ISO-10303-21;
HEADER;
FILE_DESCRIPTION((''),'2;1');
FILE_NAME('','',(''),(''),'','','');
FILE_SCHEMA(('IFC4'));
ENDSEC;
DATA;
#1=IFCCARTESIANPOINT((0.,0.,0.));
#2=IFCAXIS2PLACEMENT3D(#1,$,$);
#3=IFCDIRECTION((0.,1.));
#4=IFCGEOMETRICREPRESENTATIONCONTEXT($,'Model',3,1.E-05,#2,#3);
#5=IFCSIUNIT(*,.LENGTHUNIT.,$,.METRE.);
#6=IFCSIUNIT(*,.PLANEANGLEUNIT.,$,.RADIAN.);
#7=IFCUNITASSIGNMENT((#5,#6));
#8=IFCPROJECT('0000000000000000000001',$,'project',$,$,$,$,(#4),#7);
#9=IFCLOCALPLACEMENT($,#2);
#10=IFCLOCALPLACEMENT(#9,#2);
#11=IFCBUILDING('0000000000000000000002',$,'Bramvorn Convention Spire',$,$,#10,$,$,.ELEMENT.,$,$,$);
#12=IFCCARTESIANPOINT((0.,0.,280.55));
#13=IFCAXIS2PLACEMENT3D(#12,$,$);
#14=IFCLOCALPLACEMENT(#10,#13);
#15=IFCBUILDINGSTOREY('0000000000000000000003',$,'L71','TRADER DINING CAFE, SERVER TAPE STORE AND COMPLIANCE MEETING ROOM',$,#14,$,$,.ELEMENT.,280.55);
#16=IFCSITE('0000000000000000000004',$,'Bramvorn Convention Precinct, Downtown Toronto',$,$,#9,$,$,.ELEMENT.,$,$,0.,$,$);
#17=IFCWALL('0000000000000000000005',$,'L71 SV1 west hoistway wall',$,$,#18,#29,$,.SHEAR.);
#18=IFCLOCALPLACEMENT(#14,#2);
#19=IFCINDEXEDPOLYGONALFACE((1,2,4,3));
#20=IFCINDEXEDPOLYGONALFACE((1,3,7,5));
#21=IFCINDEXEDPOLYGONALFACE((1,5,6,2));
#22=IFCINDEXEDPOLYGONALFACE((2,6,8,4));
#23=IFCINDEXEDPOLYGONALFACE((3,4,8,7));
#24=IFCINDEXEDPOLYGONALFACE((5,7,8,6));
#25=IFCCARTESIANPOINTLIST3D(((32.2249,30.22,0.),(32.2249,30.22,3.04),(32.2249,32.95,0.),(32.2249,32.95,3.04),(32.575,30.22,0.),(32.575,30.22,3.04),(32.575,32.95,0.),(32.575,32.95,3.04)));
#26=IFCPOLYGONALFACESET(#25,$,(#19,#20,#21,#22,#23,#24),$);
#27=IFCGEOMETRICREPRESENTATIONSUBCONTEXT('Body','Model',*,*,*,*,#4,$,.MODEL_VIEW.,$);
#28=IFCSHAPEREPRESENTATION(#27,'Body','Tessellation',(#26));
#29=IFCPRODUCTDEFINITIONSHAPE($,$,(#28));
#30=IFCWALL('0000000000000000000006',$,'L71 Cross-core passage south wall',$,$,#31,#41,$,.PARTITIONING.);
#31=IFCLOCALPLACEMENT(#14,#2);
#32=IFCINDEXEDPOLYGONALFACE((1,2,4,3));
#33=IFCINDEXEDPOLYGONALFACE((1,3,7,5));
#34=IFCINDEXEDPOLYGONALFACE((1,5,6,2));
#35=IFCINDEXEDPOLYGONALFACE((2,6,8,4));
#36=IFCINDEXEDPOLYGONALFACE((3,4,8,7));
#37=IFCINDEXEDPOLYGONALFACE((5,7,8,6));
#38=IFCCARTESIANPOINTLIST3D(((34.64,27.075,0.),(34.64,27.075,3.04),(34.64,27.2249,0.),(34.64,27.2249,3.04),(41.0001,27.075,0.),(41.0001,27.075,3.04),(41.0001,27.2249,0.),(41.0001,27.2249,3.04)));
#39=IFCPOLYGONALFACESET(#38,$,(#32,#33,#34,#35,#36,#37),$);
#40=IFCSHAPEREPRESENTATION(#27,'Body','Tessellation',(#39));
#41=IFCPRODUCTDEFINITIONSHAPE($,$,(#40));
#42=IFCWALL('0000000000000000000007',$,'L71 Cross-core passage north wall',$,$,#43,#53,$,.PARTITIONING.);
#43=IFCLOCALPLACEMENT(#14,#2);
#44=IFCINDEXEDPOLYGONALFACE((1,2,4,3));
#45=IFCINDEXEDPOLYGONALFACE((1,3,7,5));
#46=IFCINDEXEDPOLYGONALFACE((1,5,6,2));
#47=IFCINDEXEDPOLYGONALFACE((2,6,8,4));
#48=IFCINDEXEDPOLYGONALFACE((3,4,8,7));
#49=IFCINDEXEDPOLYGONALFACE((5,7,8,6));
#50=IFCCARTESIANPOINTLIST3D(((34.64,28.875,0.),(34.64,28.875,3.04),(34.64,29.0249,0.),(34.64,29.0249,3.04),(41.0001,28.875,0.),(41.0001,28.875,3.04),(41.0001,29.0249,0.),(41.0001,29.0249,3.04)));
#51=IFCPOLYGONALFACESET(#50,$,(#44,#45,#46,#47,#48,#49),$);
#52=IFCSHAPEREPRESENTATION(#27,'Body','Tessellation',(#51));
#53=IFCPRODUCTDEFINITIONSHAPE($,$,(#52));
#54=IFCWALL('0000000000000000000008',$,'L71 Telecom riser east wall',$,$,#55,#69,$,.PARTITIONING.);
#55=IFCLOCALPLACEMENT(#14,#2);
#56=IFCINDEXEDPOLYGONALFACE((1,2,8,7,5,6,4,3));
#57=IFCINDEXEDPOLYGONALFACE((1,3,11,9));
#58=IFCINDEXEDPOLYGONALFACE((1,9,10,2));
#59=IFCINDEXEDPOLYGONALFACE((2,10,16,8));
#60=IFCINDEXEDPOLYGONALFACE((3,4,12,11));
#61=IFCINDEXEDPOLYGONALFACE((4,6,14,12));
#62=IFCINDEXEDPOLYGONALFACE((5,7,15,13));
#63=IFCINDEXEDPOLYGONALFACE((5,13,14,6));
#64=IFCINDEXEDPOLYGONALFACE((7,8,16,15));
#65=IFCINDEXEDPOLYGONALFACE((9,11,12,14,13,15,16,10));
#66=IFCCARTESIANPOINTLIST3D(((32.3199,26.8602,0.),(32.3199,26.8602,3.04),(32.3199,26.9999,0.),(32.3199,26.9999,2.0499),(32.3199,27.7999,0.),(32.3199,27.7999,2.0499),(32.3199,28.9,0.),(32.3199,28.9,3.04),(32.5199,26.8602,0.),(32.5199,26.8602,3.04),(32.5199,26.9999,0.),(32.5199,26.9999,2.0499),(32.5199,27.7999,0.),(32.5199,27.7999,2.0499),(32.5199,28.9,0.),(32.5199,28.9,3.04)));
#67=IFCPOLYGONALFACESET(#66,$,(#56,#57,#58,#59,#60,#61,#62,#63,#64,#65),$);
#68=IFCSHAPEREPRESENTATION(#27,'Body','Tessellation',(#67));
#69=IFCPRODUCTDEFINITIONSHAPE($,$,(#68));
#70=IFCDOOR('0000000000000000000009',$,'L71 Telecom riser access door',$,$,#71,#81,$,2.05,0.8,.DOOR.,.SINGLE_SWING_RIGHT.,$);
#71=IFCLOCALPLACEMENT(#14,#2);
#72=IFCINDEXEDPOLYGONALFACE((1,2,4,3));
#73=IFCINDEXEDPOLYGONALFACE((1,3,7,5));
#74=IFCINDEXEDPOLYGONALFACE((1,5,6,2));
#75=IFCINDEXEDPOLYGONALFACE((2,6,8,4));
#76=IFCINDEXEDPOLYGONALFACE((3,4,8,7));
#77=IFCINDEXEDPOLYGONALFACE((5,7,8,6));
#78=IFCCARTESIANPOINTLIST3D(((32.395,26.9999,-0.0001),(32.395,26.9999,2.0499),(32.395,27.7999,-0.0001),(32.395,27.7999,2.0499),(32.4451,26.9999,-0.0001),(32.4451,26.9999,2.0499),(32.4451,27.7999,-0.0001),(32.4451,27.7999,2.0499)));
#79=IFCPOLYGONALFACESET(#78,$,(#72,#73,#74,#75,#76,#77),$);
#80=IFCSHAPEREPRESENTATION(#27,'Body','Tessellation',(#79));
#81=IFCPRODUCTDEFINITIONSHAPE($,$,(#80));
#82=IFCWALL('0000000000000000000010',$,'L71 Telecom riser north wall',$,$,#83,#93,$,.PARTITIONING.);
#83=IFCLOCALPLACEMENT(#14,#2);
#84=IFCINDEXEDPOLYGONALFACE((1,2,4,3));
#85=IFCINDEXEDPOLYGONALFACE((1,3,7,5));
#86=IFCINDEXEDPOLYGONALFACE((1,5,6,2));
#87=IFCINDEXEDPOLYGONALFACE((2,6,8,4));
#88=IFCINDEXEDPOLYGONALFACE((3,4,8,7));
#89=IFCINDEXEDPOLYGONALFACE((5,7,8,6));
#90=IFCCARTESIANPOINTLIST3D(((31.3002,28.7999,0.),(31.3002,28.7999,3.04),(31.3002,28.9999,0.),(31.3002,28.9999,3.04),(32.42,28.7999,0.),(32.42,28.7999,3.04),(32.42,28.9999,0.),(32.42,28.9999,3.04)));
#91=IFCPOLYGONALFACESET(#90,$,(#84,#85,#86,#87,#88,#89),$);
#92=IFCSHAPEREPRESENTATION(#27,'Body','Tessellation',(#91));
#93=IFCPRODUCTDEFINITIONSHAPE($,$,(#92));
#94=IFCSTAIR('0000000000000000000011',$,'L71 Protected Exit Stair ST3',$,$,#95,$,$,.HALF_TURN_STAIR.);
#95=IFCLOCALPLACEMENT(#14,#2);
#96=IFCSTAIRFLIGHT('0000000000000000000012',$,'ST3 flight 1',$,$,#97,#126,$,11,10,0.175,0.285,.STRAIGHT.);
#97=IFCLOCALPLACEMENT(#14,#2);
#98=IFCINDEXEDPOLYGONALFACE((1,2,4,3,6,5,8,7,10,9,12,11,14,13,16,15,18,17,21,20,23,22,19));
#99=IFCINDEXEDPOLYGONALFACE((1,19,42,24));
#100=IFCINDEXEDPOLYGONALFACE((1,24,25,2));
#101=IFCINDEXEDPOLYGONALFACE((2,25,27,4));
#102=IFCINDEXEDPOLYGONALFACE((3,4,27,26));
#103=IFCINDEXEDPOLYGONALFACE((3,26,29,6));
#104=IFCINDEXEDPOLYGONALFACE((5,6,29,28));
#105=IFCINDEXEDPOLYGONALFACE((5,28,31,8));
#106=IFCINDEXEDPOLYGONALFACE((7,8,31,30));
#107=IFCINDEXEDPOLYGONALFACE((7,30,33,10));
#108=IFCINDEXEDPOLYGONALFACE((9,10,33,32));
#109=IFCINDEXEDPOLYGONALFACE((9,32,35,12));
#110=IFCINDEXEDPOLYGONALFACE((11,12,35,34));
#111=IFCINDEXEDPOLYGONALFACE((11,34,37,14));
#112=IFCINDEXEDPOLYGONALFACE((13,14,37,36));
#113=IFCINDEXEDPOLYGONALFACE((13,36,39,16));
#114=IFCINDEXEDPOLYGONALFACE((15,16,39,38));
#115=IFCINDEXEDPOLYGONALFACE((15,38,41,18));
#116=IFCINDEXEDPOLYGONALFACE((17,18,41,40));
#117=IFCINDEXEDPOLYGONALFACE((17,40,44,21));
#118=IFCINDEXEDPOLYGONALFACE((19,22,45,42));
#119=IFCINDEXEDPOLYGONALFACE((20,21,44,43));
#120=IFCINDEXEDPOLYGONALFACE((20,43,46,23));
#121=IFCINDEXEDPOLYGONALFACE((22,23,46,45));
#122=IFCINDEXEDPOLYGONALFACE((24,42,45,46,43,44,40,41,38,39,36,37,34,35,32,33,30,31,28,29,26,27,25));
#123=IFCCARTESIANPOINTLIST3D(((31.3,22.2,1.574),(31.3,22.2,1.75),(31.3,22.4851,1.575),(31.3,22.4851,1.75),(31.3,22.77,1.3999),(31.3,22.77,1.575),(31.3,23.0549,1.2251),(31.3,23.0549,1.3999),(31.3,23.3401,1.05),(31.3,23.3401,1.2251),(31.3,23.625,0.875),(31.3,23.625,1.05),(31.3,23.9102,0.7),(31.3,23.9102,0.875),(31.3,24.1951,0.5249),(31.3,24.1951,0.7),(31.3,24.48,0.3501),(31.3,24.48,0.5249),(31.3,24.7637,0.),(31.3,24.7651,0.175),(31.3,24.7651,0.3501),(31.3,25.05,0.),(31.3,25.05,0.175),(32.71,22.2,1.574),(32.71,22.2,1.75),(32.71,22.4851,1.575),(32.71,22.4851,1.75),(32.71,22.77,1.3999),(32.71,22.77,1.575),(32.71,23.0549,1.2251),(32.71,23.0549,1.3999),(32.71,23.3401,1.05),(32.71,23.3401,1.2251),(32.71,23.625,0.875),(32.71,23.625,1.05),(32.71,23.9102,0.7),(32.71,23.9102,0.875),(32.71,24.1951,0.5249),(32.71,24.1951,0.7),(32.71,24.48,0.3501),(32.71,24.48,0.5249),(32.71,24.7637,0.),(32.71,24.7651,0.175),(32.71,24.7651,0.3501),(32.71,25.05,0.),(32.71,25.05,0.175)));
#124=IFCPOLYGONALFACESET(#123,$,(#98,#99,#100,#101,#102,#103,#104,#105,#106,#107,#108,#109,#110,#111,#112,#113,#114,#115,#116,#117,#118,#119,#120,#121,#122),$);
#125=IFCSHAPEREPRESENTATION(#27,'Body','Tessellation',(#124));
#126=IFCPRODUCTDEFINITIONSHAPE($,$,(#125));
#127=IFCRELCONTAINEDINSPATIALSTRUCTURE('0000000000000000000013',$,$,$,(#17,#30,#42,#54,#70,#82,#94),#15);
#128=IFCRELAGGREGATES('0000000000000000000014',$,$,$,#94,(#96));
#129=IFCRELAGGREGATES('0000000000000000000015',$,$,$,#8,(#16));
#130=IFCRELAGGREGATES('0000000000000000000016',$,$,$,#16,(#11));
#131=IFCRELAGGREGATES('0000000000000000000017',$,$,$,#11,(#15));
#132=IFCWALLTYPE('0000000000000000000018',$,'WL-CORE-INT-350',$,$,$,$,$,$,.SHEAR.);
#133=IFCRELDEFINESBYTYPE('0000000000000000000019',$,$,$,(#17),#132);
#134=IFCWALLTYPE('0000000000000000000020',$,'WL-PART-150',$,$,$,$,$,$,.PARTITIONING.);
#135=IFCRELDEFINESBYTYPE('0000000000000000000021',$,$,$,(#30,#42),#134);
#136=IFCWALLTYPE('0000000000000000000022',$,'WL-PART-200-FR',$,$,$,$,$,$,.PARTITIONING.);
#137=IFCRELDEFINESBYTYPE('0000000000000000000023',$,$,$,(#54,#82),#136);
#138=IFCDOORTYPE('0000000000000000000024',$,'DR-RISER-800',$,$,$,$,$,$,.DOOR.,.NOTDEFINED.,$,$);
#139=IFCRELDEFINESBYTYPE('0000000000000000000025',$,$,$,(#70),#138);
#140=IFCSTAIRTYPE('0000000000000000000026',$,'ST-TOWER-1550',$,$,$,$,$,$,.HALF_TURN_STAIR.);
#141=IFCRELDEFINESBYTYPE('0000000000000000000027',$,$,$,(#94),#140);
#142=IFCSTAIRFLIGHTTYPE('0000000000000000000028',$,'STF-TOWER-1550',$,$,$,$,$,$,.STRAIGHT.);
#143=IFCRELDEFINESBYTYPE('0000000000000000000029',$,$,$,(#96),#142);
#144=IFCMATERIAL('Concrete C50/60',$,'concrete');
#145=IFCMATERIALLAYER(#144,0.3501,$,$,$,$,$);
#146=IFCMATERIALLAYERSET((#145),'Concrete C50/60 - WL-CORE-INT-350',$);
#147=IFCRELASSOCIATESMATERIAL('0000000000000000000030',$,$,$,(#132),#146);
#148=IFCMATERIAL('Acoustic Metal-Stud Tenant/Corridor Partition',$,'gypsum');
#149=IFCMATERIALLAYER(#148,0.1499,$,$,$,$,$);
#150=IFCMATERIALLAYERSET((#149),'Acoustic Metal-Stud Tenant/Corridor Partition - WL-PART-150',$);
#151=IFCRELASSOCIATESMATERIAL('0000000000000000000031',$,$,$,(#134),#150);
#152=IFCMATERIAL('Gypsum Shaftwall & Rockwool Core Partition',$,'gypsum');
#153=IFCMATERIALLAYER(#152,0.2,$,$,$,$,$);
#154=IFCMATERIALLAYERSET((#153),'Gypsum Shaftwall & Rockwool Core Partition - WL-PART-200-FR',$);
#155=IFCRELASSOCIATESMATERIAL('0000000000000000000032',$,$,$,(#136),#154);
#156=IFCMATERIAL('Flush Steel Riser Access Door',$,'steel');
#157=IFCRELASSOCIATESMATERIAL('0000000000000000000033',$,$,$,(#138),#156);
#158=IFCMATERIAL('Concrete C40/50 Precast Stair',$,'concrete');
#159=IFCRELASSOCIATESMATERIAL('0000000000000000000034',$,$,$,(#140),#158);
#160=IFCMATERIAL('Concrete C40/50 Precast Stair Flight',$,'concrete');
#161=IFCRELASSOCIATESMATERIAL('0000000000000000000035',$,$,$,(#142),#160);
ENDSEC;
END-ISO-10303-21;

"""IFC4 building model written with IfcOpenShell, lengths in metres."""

from ifc_helpers import new_model, si_unit, direction, frame, frame_2d, origin, place, context, subcontext, project, spatial, polyline, rectangle, outline, extrude, material, layer, layer_set, type_object, element, fill, aggregate, save


model = new_model("IFC4")

# Units and contexts
model_context = context("Model", 3, precision=1e-05, world=origin(), true_north=direction((0.0, 1.0)))
body_context = subcontext(model_context, "Body", "Model", "MODEL_VIEW")
ifc_project = project(units=[si_unit("LENGTHUNIT", "METRE"), si_unit("PLANEANGLEUNIT", "RADIAN")], contexts=[model_context])

# Site, building, storey
site_placement = place(None, origin())
site = spatial("IfcSite", under=ifc_project, at=site_placement, Name="Bramvorn Convention Precinct, Downtown Toronto", CompositionType="ELEMENT", RefElevation=0.0)
building_placement = place(site_placement, origin())
building = spatial("IfcBuilding", under=site, at=building_placement, Name="Bramvorn Convention Spire", CompositionType="ELEMENT")
storey_placement = place(building_placement, frame((0.0, 0.0, 280.55)))
storey = spatial("IfcBuildingStorey", under=building, at=storey_placement, Name="L71", Description="TRADER DINING CAFE, SERVER TAPE STORE AND COMPLIANCE MEETING ROOM", CompositionType="ELEMENT", Elevation=280.55)

# Shared definitions
ifc_material_1 = material(Name="Concrete C50/60", Category="concrete")
ifc_layer_1 = layer(ifc_material_1, 0.3501)
ifc_layer_set_1 = layer_set([ifc_layer_1], Name="Concrete C50/60 - WL-CORE-INT-350")
wall_type_1 = type_object("IfcWallType", Name="WL-CORE-INT-350", PredefinedType="SHEAR", material=ifc_layer_set_1)

# Walls
wall_1_placement = place(storey_placement, frame((32.3999, 30.22, 0.0), z_axis=(0.0, 0.0, 1.0), x_axis=(0.0, 1.0, 0.0)))
element("IfcWall", 1, at=wall_1_placement, inside=storey, type_object=wall_type_1, Name="L71 SV1 west hoistway wall", PredefinedType="SHEAR", context=body_context, shape_type="SweptSolid", body=[
    extrude(rectangle(XDim=2.73, YDim=0.3501, at=frame_2d((1.365, 0.0))), origin(), (0.0, 0.0, 1.0), 3.04),
])
ifc_material_2 = material(Name="Acoustic Metal-Stud Tenant/Corridor Partition", Category="gypsum")
ifc_layer_2 = layer(ifc_material_2, 0.1499)
ifc_layer_set_2 = layer_set([ifc_layer_2], Name="Acoustic Metal-Stud Tenant/Corridor Partition - WL-PART-150")
wall_type_2 = type_object("IfcWallType", Name="WL-PART-150", PredefinedType="PARTITIONING", material=ifc_layer_set_2)
for number, where, z_axis, x_axis, name in (
    (2, (34.6399, 27.1499, 0.0), (0.0, 0.0, 1.0), (1.0, 0.0, 0.0), "L71 Cross-core passage south wall"),
    (3, (34.6399, 28.95, 0.0), (0.0, 0.0, 1.0), (1.0, 0.0, 0.0), "L71 Cross-core passage north wall"),
):
    element("IfcWall", number, at=place(storey_placement, frame(where, z_axis=z_axis, x_axis=x_axis)), inside=storey, type_object=wall_type_2, Name=name, PredefinedType="PARTITIONING", context=body_context, shape_type="SweptSolid", body=[
        extrude(rectangle(XDim=6.3601, YDim=0.1499, at=frame_2d((3.1802, 0.0))), origin(), (0.0, 0.0, 1.0), 3.04),
    ])

# Wall, opening, door
ifc_material_3 = material(Name="Gypsum Shaftwall & Rockwool Core Partition", Category="gypsum")
ifc_layer_3 = layer(ifc_material_3, 0.2)
ifc_layer_set_3 = layer_set([ifc_layer_3], Name="Gypsum Shaftwall & Rockwool Core Partition - WL-PART-200-FR")
wall_type_3 = type_object("IfcWallType", Name="WL-PART-200-FR", PredefinedType="PARTITIONING", material=ifc_layer_set_3)
wall_2_placement = place(storey_placement, frame((32.4199, 26.8601, 0.0), z_axis=(0.0, 0.0, 1.0), x_axis=(0.0, 1.0, 0.0)))
wall_2 = element("IfcWall", 4, at=wall_2_placement, inside=storey, type_object=wall_type_3, Name="L71 Telecom riser east wall", PredefinedType="PARTITIONING", context=body_context, shape_type="SweptSolid", body=[
    extrude(rectangle(XDim=2.0398, YDim=0.2, at=frame_2d((1.02, 0.0))), origin(), (0.0, 0.0, 1.0), 3.04),
])
opening_1_placement = place(wall_2_placement, frame((0.1399, 0.0, 0.0)))
opening_1 = element("IfcOpeningElement", 5, at=opening_1_placement, cuts=wall_2, PredefinedType="OPENING", context=body_context, shape_type="SweptSolid", body=[
    extrude(rectangle(XDim=0.8, YDim=2.05, at=frame_2d((0.3999, 1.0249))), frame((0.0, 0.1099, 0.0), z_axis=(0.0, -1.0, 0.0), x_axis=(1.0, 0.0, 0.0)), (0.0, 0.0, 1.0), 0.22),
])
ifc_material_4 = material(Name="Flush Steel Riser Access Door", Category="steel")
door_type_1 = type_object("IfcDoorType", Name="DR-RISER-800", OperationType="NOTDEFINED", PredefinedType="DOOR", material=ifc_material_4)
door_1_placement = place(opening_1_placement, origin())
door_1 = element("IfcDoor", 6, at=door_1_placement, inside=storey, type_object=door_type_1, Name="L71 Telecom riser access door", OperationType="SINGLE_SWING_RIGHT", OverallHeight=2.05, OverallWidth=0.8, PredefinedType="DOOR", context=body_context, shape_type="SweptSolid", body=[
    extrude(rectangle(XDim=0.8, YDim=2.05, at=frame_2d((0.3999, 1.0249))), frame((0.0, 0.0249, 0.0), z_axis=(0.0, -1.0, 0.0), x_axis=(1.0, 0.0, 0.0)), (0.0, 0.0, 1.0), 0.05),
])
fill(opening_1, door_1)

# Wall
wall_3_placement = place(storey_placement, frame((31.3, 28.8999, 0.0), z_axis=(0.0, 0.0, 1.0), x_axis=(1.0, 0.0, 0.0)))
element("IfcWall", 7, at=wall_3_placement, inside=storey, type_object=wall_type_3, Name="L71 Telecom riser north wall", PredefinedType="PARTITIONING", context=body_context, shape_type="SweptSolid", body=[
    extrude(rectangle(XDim=1.1199, YDim=0.2, at=frame_2d((0.5601, 0.0))), origin(), (0.0, 0.0, 1.0), 3.04),
])

# Stair, stair flight
ifc_material_5 = material(Name="Concrete C40/50 Precast Stair", Category="concrete")
stair_type = type_object("IfcStairType", Name="ST-TOWER-1550", PredefinedType="HALF_TURN_STAIR", material=ifc_material_5)
stair_placement = place(storey_placement, origin())
stair = element("IfcStair", 8, at=stair_placement, inside=storey, type_object=stair_type, Name="L71 Protected Exit Stair ST3", PredefinedType="HALF_TURN_STAIR")
ifc_material_6 = material(Name="Concrete C40/50 Precast Stair Flight", Category="concrete")
stair_flight_type = type_object("IfcStairFlightType", Name="STF-TOWER-1550", PredefinedType="STRAIGHT", material=ifc_material_6)
stair_flight_placement = place(storey_placement, frame((32.0049, 25.05, 0.0), z_axis=(0.0, 0.0, 1.0), x_axis=(0.0, -1.0, 0.0)))
stair_flight = element("IfcStairFlight", 9, at=stair_flight_placement, type_object=stair_flight_type, Name="ST3 flight 1", NumberOfRisers=11, NumberOfTreads=10, PredefinedType="STRAIGHT", RiserHeight=0.175, TreadLength=0.285, context=body_context, shape_type="SweptSolid", body=[
    extrude(outline(polyline([(0.0, 0.0), (0.0, 0.175), (0.2849, 0.175), (0.2849, 0.3501), (0.5701, 0.3501), (0.5701, 0.5249), (0.855, 0.5249), (0.855, 0.7), (1.1399, 0.7), (1.1399, 0.875), (1.425, 0.875), (1.425, 1.05), (1.71, 1.05), (1.71, 1.2251), (1.9951, 1.2251), (1.9951, 1.3999), (2.28, 1.3999), (2.28, 1.575), (2.5649, 1.575), (2.5649, 1.75), (2.8501, 1.75), (2.8501, 1.925), (2.8501, 1.574), (0.2864, 0.0), (0.0, 0.0)])), frame((0.0, 0.7051, 0.0), z_axis=(0.0, -1.0, 0.0), x_axis=(1.0, 0.0, 0.0)), (0.0, 0.0, 1.0), 1.4099),
])
aggregate(stair, [stair_flight])

save(model, "model.ifc")
